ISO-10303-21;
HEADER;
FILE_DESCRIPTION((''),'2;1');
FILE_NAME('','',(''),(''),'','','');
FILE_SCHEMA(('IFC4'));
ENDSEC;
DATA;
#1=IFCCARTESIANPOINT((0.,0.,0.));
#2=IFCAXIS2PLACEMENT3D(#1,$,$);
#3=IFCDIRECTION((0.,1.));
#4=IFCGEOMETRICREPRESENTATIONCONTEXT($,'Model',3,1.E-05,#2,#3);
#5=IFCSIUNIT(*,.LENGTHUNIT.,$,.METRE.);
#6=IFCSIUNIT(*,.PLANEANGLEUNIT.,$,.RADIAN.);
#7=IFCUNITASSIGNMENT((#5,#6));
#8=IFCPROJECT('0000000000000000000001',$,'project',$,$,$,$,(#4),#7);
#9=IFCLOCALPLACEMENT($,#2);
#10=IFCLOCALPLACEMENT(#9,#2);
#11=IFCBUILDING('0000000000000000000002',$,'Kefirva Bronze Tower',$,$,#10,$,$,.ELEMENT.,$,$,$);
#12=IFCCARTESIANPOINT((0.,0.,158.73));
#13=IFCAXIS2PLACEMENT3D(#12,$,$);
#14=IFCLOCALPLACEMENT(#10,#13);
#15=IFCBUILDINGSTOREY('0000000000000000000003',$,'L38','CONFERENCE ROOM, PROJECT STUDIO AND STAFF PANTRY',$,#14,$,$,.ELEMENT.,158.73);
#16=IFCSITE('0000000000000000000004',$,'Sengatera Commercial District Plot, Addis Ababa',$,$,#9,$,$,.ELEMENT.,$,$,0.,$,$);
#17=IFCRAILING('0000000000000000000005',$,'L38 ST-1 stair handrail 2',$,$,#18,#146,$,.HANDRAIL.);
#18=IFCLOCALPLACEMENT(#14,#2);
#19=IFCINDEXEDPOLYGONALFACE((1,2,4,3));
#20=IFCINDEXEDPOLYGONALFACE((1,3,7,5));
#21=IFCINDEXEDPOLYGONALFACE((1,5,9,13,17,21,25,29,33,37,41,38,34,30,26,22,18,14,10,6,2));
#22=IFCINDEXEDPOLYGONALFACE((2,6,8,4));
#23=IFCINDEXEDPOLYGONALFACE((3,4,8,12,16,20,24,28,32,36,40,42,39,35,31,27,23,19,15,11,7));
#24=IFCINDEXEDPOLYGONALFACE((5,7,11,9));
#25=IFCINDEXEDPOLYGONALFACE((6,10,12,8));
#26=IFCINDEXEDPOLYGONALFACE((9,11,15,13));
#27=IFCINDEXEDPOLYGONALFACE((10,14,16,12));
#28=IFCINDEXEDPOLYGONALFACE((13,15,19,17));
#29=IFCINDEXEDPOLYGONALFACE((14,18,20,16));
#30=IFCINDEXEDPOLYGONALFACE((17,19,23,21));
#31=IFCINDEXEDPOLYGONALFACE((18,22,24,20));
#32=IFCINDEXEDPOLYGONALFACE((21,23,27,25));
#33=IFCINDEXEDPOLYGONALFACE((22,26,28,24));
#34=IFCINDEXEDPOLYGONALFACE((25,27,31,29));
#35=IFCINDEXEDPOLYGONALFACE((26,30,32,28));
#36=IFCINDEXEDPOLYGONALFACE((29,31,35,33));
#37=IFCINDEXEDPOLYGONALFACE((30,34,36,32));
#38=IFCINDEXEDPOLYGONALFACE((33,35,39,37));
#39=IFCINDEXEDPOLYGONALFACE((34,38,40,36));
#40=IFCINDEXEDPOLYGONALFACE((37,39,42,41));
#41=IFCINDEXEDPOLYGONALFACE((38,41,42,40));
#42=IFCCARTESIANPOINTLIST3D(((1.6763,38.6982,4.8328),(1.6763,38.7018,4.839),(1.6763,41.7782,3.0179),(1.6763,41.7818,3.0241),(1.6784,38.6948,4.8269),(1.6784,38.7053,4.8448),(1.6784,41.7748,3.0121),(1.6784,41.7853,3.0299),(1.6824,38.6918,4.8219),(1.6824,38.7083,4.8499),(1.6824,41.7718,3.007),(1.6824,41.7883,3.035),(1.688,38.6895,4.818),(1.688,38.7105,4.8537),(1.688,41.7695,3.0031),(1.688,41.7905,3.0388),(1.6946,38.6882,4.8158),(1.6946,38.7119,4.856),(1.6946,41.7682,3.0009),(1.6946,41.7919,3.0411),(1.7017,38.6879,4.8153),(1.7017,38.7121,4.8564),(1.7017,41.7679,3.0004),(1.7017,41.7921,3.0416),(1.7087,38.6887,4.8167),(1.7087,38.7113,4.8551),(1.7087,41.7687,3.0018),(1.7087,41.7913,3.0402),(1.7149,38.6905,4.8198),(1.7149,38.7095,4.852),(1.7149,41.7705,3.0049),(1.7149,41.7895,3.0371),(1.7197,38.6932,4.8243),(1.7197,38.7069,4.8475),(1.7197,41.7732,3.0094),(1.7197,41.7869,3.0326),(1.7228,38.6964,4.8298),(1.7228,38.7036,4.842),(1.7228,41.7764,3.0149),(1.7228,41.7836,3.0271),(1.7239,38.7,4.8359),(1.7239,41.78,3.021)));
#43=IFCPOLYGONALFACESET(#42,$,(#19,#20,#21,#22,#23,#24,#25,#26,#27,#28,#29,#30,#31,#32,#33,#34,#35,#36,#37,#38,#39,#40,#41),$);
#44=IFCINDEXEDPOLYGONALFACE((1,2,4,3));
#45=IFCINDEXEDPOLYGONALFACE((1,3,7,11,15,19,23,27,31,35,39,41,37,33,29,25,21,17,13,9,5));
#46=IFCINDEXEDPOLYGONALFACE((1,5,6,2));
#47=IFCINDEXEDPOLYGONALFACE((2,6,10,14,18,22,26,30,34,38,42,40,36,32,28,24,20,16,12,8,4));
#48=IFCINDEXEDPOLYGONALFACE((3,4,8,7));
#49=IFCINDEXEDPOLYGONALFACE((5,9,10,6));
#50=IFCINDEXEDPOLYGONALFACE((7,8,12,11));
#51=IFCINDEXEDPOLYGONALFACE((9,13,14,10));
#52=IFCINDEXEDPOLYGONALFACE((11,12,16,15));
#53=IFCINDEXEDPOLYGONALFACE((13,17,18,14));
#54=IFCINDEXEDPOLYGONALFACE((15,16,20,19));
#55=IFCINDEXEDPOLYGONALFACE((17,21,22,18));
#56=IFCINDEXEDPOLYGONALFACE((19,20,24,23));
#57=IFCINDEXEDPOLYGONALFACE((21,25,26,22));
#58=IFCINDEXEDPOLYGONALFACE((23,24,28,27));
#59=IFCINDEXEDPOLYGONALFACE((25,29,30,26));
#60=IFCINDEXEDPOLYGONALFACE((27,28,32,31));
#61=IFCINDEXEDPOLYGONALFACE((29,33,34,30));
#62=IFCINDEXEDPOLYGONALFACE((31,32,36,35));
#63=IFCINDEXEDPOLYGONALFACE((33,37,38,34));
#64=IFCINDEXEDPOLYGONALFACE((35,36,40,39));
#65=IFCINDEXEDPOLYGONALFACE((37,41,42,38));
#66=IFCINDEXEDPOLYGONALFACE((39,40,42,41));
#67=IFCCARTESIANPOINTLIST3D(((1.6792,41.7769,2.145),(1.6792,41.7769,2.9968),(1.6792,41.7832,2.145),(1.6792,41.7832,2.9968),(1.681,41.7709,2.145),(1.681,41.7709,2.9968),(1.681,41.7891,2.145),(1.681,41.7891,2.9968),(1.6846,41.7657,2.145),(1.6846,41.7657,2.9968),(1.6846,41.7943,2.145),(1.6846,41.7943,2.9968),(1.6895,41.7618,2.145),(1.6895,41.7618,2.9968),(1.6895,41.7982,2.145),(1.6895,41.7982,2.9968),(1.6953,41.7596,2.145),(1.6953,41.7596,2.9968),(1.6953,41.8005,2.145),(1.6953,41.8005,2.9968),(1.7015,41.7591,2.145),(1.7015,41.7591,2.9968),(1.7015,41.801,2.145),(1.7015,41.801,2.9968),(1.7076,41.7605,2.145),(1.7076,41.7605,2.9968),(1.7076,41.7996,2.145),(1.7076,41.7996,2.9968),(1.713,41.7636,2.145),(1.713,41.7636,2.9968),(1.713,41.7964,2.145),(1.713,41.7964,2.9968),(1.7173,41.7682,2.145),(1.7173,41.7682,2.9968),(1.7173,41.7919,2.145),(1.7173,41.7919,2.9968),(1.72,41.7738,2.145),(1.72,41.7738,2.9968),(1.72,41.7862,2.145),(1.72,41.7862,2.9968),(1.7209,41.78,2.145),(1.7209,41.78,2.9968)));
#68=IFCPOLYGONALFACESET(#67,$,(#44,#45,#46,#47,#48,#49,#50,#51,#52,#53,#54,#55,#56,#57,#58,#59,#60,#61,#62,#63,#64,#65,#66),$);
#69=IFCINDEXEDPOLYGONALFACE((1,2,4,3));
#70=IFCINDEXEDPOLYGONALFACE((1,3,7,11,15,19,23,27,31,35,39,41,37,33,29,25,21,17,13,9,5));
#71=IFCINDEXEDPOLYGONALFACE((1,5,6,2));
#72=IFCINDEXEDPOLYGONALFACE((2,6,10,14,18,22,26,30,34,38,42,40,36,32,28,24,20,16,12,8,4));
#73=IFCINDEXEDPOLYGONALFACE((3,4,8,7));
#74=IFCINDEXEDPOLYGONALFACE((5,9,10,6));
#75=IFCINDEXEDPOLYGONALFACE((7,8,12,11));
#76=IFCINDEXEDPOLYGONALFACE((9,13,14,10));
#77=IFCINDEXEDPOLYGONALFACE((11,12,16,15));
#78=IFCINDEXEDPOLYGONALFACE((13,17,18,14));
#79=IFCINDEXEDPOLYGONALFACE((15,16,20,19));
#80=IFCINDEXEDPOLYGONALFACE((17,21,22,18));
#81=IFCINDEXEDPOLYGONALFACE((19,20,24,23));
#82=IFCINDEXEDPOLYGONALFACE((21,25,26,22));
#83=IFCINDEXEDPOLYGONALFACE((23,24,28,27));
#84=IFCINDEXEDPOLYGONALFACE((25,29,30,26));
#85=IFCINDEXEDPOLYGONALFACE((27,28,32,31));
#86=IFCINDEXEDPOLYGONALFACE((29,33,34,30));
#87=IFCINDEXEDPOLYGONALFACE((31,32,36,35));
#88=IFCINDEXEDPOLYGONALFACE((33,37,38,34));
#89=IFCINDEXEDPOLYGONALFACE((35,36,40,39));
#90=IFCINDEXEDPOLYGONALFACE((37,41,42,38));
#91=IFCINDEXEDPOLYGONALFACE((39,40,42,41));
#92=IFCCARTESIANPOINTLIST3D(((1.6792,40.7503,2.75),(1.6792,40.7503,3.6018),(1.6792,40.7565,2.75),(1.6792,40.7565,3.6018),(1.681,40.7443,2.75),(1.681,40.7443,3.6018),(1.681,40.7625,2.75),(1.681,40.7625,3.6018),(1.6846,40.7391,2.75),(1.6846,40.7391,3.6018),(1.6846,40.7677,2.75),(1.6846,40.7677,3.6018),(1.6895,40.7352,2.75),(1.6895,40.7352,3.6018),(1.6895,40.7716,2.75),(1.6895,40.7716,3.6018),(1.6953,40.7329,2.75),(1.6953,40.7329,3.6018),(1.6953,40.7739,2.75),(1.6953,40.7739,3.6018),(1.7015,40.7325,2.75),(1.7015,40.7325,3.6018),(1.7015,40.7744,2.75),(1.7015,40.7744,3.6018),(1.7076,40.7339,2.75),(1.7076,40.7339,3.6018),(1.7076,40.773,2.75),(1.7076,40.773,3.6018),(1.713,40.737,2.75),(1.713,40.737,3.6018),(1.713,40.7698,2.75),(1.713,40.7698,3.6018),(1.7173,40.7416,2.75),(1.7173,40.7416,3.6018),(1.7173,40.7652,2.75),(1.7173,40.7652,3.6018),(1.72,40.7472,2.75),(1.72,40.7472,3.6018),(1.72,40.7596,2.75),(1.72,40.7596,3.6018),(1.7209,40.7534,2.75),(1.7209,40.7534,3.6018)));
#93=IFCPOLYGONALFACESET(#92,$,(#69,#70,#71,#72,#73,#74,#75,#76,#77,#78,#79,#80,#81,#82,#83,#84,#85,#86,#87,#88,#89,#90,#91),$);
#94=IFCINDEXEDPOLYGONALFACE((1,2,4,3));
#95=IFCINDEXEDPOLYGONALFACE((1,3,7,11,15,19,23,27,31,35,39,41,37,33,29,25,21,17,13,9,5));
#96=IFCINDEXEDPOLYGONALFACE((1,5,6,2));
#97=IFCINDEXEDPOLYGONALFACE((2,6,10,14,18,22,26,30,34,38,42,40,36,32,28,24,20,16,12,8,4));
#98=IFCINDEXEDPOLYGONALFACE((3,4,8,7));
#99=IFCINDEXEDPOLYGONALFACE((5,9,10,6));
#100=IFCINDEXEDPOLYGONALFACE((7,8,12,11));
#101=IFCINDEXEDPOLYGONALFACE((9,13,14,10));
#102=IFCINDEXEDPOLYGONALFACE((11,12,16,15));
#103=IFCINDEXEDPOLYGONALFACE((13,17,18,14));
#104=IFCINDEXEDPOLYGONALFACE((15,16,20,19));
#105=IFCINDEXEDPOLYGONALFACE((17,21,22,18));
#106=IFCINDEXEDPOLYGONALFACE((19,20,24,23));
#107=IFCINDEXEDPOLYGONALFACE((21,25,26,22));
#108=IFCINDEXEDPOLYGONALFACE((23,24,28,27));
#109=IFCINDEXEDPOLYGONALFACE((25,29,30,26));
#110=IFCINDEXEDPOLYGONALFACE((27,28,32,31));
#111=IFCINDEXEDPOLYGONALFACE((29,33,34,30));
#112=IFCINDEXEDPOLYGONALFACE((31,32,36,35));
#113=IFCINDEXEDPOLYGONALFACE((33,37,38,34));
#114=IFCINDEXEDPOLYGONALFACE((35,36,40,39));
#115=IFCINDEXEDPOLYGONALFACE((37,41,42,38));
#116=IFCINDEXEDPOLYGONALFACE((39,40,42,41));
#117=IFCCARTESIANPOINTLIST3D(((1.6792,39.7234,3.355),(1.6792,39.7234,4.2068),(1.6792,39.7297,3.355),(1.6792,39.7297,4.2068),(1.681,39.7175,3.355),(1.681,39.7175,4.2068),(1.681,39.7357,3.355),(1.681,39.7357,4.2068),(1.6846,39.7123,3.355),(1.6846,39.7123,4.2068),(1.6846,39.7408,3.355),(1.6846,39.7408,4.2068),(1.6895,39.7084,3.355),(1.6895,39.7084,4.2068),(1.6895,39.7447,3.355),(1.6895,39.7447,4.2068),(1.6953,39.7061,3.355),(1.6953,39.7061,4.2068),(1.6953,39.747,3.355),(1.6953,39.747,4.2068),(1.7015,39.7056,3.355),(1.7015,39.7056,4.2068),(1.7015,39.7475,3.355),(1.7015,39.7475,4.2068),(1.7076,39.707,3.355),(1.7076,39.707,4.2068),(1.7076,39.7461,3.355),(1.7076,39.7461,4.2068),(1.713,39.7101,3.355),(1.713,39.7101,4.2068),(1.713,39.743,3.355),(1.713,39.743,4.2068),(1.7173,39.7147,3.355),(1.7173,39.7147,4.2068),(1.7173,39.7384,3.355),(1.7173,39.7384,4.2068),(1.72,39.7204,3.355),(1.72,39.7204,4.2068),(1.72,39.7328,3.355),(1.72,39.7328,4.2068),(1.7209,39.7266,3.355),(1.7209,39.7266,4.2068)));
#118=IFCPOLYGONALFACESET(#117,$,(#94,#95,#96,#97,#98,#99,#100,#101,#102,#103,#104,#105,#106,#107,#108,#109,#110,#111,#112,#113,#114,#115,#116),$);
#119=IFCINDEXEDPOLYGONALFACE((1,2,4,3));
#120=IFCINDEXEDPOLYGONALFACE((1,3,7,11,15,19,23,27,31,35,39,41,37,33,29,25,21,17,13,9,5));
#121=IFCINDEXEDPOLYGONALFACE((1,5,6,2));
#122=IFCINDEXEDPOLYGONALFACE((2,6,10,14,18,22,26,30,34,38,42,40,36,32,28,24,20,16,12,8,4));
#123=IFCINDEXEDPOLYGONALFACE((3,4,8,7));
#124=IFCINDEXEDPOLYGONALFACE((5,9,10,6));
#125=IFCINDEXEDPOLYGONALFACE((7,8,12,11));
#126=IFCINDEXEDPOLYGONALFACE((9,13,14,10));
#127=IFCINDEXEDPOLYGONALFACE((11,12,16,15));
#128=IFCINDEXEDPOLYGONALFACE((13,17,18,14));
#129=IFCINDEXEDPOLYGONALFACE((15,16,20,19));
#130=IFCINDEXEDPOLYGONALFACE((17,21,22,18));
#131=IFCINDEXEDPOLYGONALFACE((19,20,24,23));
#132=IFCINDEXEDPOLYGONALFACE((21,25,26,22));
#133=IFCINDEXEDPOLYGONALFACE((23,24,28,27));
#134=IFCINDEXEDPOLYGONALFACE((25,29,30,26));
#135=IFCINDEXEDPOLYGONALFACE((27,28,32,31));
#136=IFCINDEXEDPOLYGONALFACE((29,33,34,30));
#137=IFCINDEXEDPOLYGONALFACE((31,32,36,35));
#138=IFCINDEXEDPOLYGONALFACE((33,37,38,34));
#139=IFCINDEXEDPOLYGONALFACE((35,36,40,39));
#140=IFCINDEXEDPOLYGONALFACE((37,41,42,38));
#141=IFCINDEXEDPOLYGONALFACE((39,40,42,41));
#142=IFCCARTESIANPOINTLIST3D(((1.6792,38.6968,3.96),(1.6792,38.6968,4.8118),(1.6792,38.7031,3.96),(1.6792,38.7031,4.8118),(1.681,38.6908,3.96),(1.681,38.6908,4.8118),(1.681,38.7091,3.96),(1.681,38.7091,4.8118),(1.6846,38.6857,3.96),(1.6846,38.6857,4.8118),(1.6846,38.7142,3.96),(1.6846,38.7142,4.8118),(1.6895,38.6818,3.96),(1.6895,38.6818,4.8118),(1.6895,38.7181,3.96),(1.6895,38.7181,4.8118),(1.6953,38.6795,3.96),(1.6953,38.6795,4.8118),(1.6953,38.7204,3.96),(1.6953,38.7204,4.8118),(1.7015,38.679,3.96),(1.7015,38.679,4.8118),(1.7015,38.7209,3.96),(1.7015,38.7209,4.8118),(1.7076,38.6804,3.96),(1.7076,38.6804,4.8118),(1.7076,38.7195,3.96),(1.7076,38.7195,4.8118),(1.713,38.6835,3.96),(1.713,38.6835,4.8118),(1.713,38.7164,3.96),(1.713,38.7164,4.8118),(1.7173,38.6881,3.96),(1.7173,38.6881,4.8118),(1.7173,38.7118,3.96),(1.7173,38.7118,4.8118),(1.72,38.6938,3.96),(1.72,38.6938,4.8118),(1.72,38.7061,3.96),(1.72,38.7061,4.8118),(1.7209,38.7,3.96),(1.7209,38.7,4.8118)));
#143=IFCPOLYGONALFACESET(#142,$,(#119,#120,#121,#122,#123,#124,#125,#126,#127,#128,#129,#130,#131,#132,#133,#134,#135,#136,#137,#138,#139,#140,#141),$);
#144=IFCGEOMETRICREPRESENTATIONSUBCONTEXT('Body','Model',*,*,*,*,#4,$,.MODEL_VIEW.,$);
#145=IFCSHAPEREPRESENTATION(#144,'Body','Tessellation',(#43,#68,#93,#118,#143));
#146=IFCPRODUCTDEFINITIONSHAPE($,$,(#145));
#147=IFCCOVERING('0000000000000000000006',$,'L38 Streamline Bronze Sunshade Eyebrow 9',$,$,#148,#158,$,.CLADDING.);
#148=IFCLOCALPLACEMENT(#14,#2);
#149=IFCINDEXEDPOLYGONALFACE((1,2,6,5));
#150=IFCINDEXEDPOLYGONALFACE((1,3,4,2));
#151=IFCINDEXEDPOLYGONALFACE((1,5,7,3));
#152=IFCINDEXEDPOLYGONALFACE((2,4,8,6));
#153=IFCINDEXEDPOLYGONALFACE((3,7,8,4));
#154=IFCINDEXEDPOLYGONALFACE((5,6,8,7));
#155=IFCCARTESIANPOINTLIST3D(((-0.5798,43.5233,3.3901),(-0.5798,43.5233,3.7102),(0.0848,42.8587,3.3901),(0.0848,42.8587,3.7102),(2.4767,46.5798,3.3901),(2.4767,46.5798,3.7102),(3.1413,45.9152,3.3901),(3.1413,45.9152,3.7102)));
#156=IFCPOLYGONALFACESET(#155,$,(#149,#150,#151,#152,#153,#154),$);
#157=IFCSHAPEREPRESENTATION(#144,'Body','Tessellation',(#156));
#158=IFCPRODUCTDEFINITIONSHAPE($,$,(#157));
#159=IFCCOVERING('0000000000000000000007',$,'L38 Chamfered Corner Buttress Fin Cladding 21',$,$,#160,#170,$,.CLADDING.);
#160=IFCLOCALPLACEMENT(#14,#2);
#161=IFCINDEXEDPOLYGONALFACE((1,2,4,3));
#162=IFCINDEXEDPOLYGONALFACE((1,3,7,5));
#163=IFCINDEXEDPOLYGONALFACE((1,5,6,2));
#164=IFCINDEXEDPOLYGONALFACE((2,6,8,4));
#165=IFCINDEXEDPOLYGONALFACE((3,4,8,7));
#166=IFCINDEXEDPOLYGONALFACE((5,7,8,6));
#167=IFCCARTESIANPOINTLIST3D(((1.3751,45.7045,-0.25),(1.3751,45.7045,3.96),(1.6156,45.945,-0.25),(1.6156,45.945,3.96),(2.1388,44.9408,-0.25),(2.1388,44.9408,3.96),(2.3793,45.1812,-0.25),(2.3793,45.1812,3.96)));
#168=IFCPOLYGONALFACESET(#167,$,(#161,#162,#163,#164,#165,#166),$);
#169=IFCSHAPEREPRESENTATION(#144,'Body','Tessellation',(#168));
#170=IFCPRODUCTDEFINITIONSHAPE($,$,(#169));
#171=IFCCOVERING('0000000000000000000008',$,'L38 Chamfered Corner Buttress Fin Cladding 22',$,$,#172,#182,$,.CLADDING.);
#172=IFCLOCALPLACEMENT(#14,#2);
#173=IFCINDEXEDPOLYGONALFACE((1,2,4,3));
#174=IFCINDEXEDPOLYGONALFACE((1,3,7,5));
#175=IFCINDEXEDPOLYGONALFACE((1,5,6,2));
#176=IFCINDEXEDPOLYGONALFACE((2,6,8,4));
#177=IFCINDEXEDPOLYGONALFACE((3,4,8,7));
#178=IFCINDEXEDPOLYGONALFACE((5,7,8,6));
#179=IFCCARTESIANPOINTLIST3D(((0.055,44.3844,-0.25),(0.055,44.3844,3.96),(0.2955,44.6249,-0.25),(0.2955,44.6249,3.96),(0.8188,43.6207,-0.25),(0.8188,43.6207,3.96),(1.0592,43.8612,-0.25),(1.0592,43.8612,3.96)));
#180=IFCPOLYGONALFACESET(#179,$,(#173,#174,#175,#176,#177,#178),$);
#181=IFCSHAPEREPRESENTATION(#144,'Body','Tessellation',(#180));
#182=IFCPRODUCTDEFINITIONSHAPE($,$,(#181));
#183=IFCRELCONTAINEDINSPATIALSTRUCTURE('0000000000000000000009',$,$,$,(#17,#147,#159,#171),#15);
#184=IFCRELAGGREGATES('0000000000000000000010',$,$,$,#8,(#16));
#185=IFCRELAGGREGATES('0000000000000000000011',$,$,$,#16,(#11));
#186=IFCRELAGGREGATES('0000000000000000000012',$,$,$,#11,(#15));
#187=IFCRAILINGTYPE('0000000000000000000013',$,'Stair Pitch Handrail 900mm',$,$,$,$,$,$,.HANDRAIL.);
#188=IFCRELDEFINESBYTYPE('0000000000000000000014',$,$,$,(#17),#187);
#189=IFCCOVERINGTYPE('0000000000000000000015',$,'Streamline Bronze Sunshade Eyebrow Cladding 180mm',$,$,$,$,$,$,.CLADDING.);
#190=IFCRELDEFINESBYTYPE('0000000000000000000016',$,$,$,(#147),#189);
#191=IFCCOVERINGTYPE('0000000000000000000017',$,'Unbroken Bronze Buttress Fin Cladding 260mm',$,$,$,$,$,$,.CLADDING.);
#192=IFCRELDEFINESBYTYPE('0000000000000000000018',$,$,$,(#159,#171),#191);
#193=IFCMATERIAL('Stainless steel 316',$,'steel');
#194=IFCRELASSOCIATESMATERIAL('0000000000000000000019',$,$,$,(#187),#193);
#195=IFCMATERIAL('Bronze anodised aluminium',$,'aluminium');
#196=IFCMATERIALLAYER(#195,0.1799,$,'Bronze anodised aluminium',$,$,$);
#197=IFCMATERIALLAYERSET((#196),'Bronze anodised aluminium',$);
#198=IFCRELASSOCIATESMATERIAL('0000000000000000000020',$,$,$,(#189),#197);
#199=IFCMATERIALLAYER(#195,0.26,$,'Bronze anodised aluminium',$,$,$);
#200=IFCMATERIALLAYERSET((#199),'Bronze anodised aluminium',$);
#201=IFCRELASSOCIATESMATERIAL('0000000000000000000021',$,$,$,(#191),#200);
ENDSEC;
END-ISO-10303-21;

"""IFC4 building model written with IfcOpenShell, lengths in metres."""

from ifc_helpers import new_model, si_unit, direction, frame, origin, origin_2d, place, context, subcontext, project, spatial, rectangle, circle, extrude, material, layer, layer_set, type_object, element, save


model = new_model("IFC4")

# Units and contexts
model_context = context("Model", 3, precision=1e-05, world=origin(), true_north=direction((0.0, 1.0)))
body_context = subcontext(model_context, "Body", "Model", "MODEL_VIEW")
ifc_project = project(units=[si_unit("LENGTHUNIT", "METRE"), si_unit("PLANEANGLEUNIT", "RADIAN")], contexts=[model_context])

# Site, building, storey
site_placement = place(None, origin())
site = spatial("IfcSite", under=ifc_project, at=site_placement, Name="Sengatera Commercial District Plot, Addis Ababa", CompositionType="ELEMENT", RefElevation=0.0)
building_placement = place(site_placement, origin())
building = spatial("IfcBuilding", under=site, at=building_placement, Name="Kefirva Bronze Tower", CompositionType="ELEMENT")
storey_placement = place(building_placement, frame((0.0, 0.0, 158.73)))
storey = spatial("IfcBuildingStorey", under=building, at=storey_placement, Name="L38", Description="CONFERENCE ROOM, PROJECT STUDIO AND STAFF PANTRY", CompositionType="ELEMENT", Elevation=158.73)

# Shared definitions
ifc_material_1 = material(Name="Bronze anodised aluminium", Category="aluminium")

# Railing
ifc_material_2 = material(Name="Stainless steel 316", Category="steel")
railing_type_1 = type_object("IfcRailingType", Name="Stair Pitch Handrail 900mm", PredefinedType="HANDRAIL", material=ifc_material_2)
railing_1_placement = place(storey_placement, frame((1.7, 41.78, 2.145)))
element("IfcRailing", 1, at=railing_1_placement, inside=storey, type_object=railing_type_1, Name="L38 ST-1 stair handrail 2", PredefinedType="HANDRAIL", context=body_context, shape_type="SweptSolid", body=[
    extrude(circle(Radius=0.0239, at=origin_2d()), frame((0.0, 0.0, 0.876), z_axis=(0.0, -0.861551, 0.507671), x_axis=(1.0, 0.0, 0.0)), (0.0, 0.0, 1.0), 3.575),
    extrude(circle(Radius=0.021, at=origin_2d()), origin(), (0.0, 0.0, 1.0), 0.8518),
    extrude(circle(Radius=0.021, at=origin_2d()), frame((0.0, -1.0266, 0.605)), (0.0, 0.0, 1.0), 0.8518),
    extrude(circle(Radius=0.021, at=origin_2d()), frame((0.0, -2.0535, 1.21)), (0.0, 0.0, 1.0), 0.8518),
    extrude(circle(Radius=0.021, at=origin_2d()), frame((0.0, -3.0801, 1.8149)), (0.0, 0.0, 1.0), 0.8518),
])

# Coverings
ifc_layer_1 = layer(ifc_material_1, 0.1799, Name="Bronze anodised aluminium")
ifc_layer_set_1 = layer_set([ifc_layer_1], Name="Bronze anodised aluminium")
covering_type_1 = type_object("IfcCoveringType", Name="Streamline Bronze Sunshade Eyebrow Cladding 180mm", PredefinedType="CLADDING", material=ifc_layer_set_1)
covering_1_placement = place(storey_placement, frame((1.2808, 44.7192, 3.3901), z_axis=(0.0, 0.0, 1.0), x_axis=(-0.707107, -0.707107, 0.0)))
element("IfcCovering", 2, at=covering_1_placement, inside=storey, type_object=covering_type_1, Name="L38 Streamline Bronze Sunshade Eyebrow 9", PredefinedType="CLADDING", context=body_context, shape_type="SweptSolid", body=[
    extrude(rectangle(XDim=4.3225, YDim=0.9399, at=origin_2d()), origin(), (0.0, 0.0, 1.0), 0.3201),
])
ifc_layer_2 = layer(ifc_material_1, 0.26, Name="Bronze anodised aluminium")
ifc_layer_set_2 = layer_set([ifc_layer_2], Name="Bronze anodised aluminium")
covering_type_2 = type_object("IfcCoveringType", Name="Unbroken Bronze Buttress Fin Cladding 260mm", PredefinedType="CLADDING", material=ifc_layer_set_2)
for number, where, z_axis, x_axis, name in (
    (3, (1.8772, 45.4429, -0.25), (0.0, 0.0, 1.0), (-0.707107, -0.707107, 0.0), "L38 Chamfered Corner Buttress Fin Cladding 21"),
    (4, (0.5571, 44.1228, -0.25), (0.0, 0.0, 1.0), (-0.707107, -0.707107, 0.0), "L38 Chamfered Corner Buttress Fin Cladding 22"),
):
    element("IfcCovering", number, at=place(storey_placement, frame(where, z_axis=z_axis, x_axis=x_axis)), inside=storey, type_object=covering_type_2, Name=name, PredefinedType="CLADDING", context=body_context, shape_type="SweptSolid", body=[
        extrude(rectangle(XDim=0.3401, YDim=1.0801, at=origin_2d()), origin(), (0.0, 0.0, 1.0), 4.21),
    ])

save(model, "model.ifc")
